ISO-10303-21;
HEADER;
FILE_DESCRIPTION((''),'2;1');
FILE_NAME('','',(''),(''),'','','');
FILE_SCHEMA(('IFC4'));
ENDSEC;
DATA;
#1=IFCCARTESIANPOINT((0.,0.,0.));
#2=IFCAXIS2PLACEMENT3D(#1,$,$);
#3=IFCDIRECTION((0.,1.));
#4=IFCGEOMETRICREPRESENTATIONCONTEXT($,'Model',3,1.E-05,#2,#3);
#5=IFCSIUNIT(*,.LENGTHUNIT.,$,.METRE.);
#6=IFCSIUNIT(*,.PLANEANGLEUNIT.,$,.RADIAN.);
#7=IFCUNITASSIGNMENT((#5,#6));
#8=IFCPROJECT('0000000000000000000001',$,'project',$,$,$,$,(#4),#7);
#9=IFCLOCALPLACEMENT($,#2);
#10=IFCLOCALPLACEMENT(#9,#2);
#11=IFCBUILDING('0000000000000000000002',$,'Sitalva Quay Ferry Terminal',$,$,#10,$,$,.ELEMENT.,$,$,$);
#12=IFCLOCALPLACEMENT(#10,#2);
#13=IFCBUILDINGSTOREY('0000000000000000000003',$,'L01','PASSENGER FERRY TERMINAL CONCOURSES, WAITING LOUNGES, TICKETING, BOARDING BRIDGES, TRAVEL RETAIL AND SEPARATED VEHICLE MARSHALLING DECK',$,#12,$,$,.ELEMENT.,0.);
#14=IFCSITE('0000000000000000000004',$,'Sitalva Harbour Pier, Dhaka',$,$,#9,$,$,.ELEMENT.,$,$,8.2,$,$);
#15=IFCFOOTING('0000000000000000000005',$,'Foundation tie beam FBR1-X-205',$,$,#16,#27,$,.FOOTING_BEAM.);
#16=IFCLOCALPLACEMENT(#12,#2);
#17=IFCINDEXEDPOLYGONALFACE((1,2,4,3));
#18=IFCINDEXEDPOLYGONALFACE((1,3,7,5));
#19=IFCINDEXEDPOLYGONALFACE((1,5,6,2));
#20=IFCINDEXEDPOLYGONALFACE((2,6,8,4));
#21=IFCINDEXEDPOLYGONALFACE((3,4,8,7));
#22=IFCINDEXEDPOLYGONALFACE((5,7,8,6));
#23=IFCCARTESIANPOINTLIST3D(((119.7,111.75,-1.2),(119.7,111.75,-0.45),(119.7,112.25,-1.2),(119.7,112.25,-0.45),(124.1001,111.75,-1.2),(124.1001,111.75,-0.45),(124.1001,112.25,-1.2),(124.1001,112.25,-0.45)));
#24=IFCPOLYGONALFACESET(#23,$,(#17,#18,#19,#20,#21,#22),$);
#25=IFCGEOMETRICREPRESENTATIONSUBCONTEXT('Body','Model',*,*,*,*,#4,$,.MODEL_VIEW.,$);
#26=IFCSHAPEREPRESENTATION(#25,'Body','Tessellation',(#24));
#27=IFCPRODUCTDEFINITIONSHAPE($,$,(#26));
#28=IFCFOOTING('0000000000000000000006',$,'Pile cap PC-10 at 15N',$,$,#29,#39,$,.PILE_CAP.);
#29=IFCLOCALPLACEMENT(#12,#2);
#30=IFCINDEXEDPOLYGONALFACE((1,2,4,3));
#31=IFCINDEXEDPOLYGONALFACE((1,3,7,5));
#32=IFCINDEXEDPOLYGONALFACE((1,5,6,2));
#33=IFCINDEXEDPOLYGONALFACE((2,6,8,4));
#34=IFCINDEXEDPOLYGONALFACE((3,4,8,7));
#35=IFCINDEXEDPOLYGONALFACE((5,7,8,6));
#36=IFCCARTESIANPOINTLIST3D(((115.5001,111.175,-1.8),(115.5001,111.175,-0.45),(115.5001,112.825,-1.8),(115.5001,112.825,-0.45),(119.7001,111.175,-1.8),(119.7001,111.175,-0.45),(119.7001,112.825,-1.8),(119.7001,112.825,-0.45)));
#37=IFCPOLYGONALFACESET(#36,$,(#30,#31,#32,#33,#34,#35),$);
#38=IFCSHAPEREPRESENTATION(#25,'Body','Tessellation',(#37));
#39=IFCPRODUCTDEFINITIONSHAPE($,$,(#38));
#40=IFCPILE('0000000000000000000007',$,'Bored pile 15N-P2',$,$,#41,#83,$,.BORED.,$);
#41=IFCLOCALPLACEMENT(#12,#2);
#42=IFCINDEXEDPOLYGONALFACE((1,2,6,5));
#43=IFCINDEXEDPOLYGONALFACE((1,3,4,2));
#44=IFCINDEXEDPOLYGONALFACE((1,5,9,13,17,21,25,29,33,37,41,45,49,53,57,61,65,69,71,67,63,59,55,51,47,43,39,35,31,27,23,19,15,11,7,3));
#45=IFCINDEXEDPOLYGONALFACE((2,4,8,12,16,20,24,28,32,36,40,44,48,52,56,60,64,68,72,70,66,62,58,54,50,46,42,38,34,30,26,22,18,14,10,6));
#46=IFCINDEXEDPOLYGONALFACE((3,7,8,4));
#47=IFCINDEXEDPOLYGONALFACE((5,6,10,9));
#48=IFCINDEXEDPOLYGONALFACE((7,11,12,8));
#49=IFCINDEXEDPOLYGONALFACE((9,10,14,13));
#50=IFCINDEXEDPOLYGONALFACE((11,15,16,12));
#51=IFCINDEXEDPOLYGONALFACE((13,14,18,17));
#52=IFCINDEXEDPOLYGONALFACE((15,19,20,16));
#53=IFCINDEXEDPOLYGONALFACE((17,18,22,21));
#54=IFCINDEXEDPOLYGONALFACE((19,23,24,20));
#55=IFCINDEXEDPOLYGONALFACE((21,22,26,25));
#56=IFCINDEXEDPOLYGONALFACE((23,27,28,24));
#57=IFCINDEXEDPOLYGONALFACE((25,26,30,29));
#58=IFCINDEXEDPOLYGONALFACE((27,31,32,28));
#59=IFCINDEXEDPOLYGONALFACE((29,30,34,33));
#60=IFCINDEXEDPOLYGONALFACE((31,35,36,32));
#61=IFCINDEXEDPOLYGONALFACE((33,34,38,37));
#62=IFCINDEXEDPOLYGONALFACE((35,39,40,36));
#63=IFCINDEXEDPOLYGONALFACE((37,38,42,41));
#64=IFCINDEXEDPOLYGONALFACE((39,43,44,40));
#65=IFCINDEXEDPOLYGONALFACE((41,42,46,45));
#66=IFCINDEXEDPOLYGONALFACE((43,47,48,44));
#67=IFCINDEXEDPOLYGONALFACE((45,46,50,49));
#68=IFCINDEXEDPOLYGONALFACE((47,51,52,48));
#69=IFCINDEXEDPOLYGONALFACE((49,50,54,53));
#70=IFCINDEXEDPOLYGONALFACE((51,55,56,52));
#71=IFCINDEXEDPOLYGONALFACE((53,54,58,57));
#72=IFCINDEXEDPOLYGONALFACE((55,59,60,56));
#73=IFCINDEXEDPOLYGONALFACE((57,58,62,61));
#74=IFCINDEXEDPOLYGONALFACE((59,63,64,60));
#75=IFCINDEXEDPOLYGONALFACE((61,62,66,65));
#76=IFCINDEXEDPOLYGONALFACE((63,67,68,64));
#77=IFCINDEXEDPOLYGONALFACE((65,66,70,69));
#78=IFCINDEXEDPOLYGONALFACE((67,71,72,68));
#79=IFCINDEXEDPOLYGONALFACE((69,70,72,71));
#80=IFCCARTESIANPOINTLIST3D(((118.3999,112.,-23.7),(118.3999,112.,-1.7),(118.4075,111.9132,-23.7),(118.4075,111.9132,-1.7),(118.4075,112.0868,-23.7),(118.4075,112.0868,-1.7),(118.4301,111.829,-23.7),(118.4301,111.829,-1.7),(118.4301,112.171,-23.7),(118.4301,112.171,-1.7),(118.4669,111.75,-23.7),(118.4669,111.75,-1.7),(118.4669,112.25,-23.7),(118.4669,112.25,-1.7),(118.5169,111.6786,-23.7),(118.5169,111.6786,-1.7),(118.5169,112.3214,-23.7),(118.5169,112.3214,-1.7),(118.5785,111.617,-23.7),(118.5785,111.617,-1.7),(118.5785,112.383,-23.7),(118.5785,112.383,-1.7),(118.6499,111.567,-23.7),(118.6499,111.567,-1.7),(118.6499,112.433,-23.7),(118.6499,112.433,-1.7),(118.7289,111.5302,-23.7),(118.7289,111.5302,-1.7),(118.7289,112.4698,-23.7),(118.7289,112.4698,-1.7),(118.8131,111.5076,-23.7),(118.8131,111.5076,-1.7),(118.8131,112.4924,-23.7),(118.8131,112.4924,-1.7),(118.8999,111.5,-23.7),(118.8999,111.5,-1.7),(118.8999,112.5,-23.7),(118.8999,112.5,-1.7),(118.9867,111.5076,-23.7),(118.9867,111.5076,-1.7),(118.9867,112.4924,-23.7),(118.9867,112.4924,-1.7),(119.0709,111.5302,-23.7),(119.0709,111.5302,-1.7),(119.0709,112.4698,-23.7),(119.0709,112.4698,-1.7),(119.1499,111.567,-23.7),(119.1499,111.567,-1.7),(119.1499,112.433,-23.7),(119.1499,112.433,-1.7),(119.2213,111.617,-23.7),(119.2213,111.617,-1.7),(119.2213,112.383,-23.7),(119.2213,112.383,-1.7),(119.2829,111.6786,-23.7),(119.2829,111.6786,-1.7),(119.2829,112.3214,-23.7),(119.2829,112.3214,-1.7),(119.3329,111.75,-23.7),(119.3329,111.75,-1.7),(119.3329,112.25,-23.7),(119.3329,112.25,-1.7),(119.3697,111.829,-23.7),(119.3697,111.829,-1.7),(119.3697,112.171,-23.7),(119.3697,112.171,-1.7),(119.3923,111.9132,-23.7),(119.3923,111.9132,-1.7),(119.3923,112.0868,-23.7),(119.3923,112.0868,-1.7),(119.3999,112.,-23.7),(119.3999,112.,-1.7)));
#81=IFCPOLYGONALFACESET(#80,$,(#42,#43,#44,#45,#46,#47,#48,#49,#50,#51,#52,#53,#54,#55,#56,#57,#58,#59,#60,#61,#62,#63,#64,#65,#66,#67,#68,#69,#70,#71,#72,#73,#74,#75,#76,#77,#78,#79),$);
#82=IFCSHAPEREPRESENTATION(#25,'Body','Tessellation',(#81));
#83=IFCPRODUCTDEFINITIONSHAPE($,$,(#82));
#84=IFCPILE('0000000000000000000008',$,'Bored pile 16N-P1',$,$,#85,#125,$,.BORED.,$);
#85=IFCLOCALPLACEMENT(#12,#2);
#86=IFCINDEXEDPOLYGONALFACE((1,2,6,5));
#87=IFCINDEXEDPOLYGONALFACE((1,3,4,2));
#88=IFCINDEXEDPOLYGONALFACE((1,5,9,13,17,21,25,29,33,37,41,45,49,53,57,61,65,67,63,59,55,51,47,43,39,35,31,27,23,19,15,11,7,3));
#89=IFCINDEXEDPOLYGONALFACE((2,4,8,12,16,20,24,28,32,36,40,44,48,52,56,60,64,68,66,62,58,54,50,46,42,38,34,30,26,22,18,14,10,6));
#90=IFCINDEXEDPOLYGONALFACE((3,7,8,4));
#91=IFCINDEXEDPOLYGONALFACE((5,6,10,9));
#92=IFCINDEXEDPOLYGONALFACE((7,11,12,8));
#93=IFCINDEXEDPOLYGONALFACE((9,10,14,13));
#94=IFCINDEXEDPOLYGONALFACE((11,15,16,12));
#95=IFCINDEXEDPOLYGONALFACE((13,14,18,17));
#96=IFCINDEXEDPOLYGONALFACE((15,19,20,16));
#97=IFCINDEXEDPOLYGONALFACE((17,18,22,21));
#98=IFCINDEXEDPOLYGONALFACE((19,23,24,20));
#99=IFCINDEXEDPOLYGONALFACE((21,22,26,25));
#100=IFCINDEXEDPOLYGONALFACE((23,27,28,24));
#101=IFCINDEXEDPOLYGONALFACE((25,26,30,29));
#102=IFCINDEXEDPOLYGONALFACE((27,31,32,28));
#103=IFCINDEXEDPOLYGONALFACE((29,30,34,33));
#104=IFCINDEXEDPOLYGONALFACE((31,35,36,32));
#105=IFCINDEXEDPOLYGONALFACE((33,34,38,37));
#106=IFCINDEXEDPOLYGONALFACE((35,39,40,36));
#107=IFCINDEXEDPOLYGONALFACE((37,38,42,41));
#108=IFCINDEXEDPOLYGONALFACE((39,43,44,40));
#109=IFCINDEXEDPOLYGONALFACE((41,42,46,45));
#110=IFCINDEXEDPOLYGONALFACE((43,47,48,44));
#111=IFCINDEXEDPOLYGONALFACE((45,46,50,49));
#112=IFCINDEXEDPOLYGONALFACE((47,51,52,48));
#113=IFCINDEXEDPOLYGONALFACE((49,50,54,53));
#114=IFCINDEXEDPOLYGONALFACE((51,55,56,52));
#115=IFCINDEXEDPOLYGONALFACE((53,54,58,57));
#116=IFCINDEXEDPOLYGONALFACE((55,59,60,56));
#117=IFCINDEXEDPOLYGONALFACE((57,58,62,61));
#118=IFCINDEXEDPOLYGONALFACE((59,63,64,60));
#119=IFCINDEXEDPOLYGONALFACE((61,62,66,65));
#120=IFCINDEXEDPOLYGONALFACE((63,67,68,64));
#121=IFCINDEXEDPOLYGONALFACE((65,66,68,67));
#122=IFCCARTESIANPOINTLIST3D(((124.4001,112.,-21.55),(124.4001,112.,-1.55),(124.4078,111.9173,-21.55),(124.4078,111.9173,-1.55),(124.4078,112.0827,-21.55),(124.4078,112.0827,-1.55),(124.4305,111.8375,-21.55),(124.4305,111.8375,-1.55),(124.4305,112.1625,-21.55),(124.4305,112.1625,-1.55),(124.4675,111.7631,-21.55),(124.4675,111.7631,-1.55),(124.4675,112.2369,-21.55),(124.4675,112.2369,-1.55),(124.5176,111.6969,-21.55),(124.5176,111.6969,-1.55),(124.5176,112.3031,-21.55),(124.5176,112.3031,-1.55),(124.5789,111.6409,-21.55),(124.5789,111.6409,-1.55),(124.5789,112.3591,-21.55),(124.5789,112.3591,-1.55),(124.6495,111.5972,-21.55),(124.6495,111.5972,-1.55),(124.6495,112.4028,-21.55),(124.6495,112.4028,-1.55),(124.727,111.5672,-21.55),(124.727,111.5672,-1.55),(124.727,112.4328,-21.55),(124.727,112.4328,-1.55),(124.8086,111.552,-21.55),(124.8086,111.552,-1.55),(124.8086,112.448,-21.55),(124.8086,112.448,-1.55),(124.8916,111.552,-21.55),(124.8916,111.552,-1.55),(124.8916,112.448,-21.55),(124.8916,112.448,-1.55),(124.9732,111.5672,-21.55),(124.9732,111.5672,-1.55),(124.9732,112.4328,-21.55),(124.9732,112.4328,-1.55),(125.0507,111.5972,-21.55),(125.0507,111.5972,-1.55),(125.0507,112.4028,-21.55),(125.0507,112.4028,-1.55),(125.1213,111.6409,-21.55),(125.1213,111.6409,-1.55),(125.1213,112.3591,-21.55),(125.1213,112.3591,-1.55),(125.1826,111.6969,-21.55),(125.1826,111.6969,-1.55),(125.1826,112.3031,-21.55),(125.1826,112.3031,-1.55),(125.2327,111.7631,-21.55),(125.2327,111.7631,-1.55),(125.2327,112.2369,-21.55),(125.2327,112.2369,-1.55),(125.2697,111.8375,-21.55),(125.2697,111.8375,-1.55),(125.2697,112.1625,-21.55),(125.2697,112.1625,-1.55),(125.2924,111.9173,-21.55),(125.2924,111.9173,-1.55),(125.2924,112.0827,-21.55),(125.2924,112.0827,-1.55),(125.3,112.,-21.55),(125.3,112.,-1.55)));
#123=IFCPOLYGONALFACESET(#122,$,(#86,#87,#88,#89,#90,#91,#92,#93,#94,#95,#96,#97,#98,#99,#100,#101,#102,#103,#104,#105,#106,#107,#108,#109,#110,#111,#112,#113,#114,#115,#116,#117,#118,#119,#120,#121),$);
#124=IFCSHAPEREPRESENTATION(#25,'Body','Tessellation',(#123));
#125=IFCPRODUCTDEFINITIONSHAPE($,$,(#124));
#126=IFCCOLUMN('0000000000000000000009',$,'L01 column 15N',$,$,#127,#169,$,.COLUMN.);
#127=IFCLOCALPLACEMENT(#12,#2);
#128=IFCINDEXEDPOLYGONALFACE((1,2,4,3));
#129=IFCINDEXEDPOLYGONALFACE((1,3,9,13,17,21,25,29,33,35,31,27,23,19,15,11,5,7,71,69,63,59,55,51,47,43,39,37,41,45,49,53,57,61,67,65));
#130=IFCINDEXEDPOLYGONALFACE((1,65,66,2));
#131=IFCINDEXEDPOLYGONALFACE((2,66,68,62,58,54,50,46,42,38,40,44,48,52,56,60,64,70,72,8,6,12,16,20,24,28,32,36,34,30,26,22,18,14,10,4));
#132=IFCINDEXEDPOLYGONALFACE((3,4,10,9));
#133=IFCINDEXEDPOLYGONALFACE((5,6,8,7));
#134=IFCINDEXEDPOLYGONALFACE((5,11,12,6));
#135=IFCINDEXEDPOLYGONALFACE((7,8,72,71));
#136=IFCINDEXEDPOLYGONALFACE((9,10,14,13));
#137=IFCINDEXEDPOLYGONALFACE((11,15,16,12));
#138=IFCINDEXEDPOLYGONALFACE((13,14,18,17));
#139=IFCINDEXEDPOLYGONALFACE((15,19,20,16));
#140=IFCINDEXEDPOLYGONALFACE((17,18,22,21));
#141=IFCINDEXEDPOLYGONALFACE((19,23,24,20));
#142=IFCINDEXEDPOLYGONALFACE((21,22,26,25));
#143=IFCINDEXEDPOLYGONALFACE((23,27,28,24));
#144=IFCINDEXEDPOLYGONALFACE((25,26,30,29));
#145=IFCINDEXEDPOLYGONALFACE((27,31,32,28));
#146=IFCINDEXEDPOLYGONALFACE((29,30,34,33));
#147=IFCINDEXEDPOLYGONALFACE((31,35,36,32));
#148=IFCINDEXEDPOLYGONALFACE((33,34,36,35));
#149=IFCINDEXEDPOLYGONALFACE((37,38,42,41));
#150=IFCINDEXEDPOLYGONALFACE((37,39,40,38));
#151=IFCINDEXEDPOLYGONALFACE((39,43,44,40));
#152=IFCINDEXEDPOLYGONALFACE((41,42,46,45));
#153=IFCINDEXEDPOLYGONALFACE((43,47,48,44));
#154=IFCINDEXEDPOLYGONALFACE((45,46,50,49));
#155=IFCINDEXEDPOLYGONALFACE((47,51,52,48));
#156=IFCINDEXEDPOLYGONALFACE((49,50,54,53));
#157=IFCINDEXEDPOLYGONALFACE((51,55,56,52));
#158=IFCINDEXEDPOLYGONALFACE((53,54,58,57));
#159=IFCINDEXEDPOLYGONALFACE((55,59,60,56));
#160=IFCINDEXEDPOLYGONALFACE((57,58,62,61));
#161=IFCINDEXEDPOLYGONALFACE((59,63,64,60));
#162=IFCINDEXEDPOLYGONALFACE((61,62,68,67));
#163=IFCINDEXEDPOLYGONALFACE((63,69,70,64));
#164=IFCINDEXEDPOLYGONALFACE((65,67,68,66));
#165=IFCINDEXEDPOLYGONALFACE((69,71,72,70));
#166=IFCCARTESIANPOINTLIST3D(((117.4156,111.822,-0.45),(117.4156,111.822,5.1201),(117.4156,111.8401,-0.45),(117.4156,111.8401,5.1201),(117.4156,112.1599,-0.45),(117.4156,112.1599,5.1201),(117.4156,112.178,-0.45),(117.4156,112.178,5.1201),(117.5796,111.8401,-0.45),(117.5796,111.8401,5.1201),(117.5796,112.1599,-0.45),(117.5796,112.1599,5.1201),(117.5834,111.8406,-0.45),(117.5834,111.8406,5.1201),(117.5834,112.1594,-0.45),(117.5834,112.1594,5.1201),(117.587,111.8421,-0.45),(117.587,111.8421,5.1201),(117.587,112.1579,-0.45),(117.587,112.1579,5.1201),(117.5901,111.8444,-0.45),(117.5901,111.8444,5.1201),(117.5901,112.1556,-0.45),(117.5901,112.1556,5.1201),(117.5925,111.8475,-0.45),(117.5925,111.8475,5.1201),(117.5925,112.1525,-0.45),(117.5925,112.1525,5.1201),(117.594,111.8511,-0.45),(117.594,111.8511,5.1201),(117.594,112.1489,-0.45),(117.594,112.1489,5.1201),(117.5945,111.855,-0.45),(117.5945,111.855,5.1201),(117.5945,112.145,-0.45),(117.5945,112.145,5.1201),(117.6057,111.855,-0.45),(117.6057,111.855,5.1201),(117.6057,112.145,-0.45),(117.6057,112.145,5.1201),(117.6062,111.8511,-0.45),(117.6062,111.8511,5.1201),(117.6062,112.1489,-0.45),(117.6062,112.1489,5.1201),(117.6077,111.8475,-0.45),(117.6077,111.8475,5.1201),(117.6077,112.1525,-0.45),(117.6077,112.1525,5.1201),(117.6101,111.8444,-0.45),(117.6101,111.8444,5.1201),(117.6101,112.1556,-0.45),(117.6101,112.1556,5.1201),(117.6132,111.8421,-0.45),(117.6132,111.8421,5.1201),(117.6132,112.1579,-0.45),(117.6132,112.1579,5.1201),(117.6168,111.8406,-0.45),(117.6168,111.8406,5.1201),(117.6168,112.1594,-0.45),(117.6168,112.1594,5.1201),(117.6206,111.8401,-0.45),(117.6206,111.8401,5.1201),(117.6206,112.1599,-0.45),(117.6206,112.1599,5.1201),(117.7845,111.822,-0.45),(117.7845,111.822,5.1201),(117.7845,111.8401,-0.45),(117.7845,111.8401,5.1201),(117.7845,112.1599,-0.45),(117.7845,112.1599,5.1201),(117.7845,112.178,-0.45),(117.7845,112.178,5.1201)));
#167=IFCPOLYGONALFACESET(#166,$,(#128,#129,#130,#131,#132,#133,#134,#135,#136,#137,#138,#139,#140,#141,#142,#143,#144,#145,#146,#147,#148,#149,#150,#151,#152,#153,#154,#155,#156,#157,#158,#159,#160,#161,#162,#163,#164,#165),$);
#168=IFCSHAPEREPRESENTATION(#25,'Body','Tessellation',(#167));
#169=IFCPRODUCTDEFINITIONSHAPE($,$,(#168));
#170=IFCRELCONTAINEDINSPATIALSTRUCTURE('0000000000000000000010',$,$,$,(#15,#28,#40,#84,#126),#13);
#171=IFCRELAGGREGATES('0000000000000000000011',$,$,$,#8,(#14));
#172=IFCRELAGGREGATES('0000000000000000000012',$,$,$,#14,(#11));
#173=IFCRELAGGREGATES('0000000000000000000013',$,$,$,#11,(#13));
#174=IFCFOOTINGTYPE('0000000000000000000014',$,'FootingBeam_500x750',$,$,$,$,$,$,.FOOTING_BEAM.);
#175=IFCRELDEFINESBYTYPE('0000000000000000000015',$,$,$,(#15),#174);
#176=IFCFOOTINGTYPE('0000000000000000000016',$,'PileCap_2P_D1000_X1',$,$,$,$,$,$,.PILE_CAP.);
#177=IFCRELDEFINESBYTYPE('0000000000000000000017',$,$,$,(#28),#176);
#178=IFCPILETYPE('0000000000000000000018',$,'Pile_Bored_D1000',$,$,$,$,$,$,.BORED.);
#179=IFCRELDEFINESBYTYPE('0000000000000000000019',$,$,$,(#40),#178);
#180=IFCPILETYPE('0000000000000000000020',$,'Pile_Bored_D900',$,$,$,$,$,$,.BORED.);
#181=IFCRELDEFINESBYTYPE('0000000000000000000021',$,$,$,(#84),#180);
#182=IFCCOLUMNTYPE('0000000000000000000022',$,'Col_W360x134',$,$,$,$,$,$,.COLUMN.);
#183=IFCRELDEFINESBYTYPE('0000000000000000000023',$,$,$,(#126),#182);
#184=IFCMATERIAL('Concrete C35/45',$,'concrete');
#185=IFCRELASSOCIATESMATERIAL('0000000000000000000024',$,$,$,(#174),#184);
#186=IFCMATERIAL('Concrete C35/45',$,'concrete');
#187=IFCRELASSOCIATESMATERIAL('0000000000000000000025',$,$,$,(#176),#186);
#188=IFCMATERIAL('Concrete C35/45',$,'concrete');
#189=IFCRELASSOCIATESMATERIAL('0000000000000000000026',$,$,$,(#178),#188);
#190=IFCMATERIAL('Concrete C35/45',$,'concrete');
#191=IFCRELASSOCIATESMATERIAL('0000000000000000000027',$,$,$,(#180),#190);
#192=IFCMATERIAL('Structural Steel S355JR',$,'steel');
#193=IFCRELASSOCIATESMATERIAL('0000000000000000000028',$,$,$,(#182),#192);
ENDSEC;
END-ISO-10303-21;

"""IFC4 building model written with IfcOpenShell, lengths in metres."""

from ifc_helpers import new_model, si_unit, direction, frame, origin, origin_2d, place, context, subcontext, project, spatial, rectangle, circle, i_section, extrude, material, material_profile, profile_set, type_object, element, save


model = new_model("IFC4")

# Units and contexts
model_context = context("Model", 3, precision=1e-05, world=origin(), true_north=direction((0.0, 1.0)))
body_context = subcontext(model_context, "Body", "Model", "MODEL_VIEW")
ifc_project = project(units=[si_unit("LENGTHUNIT", "METRE"), si_unit("PLANEANGLEUNIT", "RADIAN")], contexts=[model_context])

# Site, building, storey
site_placement = place(None, origin())
site = spatial("IfcSite", under=ifc_project, at=site_placement, Name="Sitalva Harbour Pier, Dhaka", CompositionType="ELEMENT", RefElevation=8.2)
building_placement = place(site_placement, origin())
building = spatial("IfcBuilding", under=site, at=building_placement, Name="Sitalva Quay Ferry Terminal", CompositionType="ELEMENT")
storey_placement = place(building_placement, origin())
storey = spatial("IfcBuildingStorey", under=building, at=storey_placement, Name="L01", Description="PASSENGER FERRY TERMINAL CONCOURSES, WAITING LOUNGES, TICKETING, BOARDING BRIDGES, TRAVEL RETAIL AND SEPARATED VEHICLE MARSHALLING DECK", CompositionType="ELEMENT", Elevation=0.0)

# Footings
ifc_material_1 = material(Name="Concrete C35/45", Category="concrete")
ifc_material_profile_1 = material_profile(ifc_material_1, rectangle(XDim=0.5, YDim=0.75, at=origin_2d()), Name="RC500x750")
ifc_profile_set_1 = profile_set([ifc_material_profile_1], Name="Concrete C35/45")
footing_type_1 = type_object("IfcFootingType", Name="FootingBeam_500x750", PredefinedType="FOOTING_BEAM", material=ifc_profile_set_1)
footing_1_placement = place(storey_placement, frame((119.7, 112.0, -0.825), z_axis=(1.0, 0.0, 0.0), x_axis=(0.0, 1.0, 0.0)))
element("IfcFooting", 1, at=footing_1_placement, inside=storey, type_object=footing_type_1, Name="Foundation tie beam FBR1-X-205", PredefinedType="FOOTING_BEAM", context=body_context, shape_type="SweptSolid", body=[
    extrude(rectangle(XDim=0.5, YDim=0.75, at=origin_2d()), origin(), (0.0, 0.0, 1.0), 4.4001),
])
ifc_material_2 = material(Name="Concrete C35/45", Category="concrete")
footing_type_2 = type_object("IfcFootingType", Name="PileCap_2P_D1000_X1", PredefinedType="PILE_CAP", material=ifc_material_2)
footing_2_placement = place(storey_placement, frame((117.6001, 112.0, -1.8), z_axis=(0.0, 0.0, 1.0), x_axis=(1.0, 0.0, 0.0)))
element("IfcFooting", 2, at=footing_2_placement, inside=storey, type_object=footing_type_2, Name="Pile cap PC-10 at 15N", PredefinedType="PILE_CAP", context=body_context, shape_type="SweptSolid", body=[
    extrude(rectangle(XDim=4.2, YDim=1.6499, at=origin_2d()), origin(), (0.0, 0.0, 1.0), 1.3501),
])

# Piles
ifc_material_3 = material(Name="Concrete C35/45", Category="concrete")
ifc_material_profile_2 = material_profile(ifc_material_3, circle(Radius=0.5, at=origin_2d()), Name="PILE-D1000")
ifc_profile_set_2 = profile_set([ifc_material_profile_2], Name="Concrete C35/45")
pile_type_1 = type_object("IfcPileType", Name="Pile_Bored_D1000", PredefinedType="BORED", material=ifc_profile_set_2)
pile_1_placement = place(storey_placement, frame((118.8999, 112.0, -1.7), z_axis=(0.0, 0.0, -1.0), x_axis=(1.0, 0.0, 0.0)))
element("IfcPile", 3, at=pile_1_placement, inside=storey, type_object=pile_type_1, Name="Bored pile 15N-P2", PredefinedType="BORED", context=body_context, shape_type="SweptSolid", body=[
    extrude(circle(Radius=0.5, at=origin_2d()), origin(), (0.0, 0.0, 1.0), 22.0),
])
ifc_material_4 = material(Name="Concrete C35/45", Category="concrete")
ifc_material_profile_3 = material_profile(ifc_material_4, circle(Radius=0.45, at=origin_2d()), Name="PILE-D900")
ifc_profile_set_3 = profile_set([ifc_material_profile_3], Name="Concrete C35/45")
pile_type_2 = type_object("IfcPileType", Name="Pile_Bored_D900", PredefinedType="BORED", material=ifc_profile_set_3)
pile_2_placement = place(storey_placement, frame((124.8501, 112.0, -1.55), z_axis=(0.0, 0.0, -1.0), x_axis=(1.0, 0.0, 0.0)))
element("IfcPile", 4, at=pile_2_placement, inside=storey, type_object=pile_type_2, Name="Bored pile 16N-P1", PredefinedType="BORED", context=body_context, shape_type="SweptSolid", body=[
    extrude(circle(Radius=0.45, at=origin_2d()), origin(), (0.0, 0.0, 1.0), 20.0),
])

# Column
ifc_material_5 = material(Name="Structural Steel S355JR", Category="steel")
ifc_material_profile_4 = material_profile(ifc_material_5, i_section(OverallWidth=0.3689, OverallDepth=0.356, WebThickness=0.0112, FlangeThickness=0.0181, FilletRadius=0.0149, at=origin_2d()), Name="W360x134")
ifc_profile_set_4 = profile_set([ifc_material_profile_4], Name="Structural Steel S355JR")
column_type = type_object("IfcColumnType", Name="Col_W360x134", PredefinedType="COLUMN", material=ifc_profile_set_4)
column_placement = place(storey_placement, frame((117.6001, 112.0, -0.45), z_axis=(0.0, 0.0, 1.0), x_axis=(1.0, 0.0, 0.0)))
element("IfcColumn", 5, at=column_placement, inside=storey, type_object=column_type, Name="L01 column 15N", PredefinedType="COLUMN", context=body_context, shape_type="SweptSolid", body=[
    extrude(i_section(OverallWidth=0.3689, OverallDepth=0.356, WebThickness=0.0112, FlangeThickness=0.0181, FilletRadius=0.0149, at=origin_2d()), origin(), (0.0, 0.0, 1.0), 5.5701),
])

save(model, "model.ifc")
